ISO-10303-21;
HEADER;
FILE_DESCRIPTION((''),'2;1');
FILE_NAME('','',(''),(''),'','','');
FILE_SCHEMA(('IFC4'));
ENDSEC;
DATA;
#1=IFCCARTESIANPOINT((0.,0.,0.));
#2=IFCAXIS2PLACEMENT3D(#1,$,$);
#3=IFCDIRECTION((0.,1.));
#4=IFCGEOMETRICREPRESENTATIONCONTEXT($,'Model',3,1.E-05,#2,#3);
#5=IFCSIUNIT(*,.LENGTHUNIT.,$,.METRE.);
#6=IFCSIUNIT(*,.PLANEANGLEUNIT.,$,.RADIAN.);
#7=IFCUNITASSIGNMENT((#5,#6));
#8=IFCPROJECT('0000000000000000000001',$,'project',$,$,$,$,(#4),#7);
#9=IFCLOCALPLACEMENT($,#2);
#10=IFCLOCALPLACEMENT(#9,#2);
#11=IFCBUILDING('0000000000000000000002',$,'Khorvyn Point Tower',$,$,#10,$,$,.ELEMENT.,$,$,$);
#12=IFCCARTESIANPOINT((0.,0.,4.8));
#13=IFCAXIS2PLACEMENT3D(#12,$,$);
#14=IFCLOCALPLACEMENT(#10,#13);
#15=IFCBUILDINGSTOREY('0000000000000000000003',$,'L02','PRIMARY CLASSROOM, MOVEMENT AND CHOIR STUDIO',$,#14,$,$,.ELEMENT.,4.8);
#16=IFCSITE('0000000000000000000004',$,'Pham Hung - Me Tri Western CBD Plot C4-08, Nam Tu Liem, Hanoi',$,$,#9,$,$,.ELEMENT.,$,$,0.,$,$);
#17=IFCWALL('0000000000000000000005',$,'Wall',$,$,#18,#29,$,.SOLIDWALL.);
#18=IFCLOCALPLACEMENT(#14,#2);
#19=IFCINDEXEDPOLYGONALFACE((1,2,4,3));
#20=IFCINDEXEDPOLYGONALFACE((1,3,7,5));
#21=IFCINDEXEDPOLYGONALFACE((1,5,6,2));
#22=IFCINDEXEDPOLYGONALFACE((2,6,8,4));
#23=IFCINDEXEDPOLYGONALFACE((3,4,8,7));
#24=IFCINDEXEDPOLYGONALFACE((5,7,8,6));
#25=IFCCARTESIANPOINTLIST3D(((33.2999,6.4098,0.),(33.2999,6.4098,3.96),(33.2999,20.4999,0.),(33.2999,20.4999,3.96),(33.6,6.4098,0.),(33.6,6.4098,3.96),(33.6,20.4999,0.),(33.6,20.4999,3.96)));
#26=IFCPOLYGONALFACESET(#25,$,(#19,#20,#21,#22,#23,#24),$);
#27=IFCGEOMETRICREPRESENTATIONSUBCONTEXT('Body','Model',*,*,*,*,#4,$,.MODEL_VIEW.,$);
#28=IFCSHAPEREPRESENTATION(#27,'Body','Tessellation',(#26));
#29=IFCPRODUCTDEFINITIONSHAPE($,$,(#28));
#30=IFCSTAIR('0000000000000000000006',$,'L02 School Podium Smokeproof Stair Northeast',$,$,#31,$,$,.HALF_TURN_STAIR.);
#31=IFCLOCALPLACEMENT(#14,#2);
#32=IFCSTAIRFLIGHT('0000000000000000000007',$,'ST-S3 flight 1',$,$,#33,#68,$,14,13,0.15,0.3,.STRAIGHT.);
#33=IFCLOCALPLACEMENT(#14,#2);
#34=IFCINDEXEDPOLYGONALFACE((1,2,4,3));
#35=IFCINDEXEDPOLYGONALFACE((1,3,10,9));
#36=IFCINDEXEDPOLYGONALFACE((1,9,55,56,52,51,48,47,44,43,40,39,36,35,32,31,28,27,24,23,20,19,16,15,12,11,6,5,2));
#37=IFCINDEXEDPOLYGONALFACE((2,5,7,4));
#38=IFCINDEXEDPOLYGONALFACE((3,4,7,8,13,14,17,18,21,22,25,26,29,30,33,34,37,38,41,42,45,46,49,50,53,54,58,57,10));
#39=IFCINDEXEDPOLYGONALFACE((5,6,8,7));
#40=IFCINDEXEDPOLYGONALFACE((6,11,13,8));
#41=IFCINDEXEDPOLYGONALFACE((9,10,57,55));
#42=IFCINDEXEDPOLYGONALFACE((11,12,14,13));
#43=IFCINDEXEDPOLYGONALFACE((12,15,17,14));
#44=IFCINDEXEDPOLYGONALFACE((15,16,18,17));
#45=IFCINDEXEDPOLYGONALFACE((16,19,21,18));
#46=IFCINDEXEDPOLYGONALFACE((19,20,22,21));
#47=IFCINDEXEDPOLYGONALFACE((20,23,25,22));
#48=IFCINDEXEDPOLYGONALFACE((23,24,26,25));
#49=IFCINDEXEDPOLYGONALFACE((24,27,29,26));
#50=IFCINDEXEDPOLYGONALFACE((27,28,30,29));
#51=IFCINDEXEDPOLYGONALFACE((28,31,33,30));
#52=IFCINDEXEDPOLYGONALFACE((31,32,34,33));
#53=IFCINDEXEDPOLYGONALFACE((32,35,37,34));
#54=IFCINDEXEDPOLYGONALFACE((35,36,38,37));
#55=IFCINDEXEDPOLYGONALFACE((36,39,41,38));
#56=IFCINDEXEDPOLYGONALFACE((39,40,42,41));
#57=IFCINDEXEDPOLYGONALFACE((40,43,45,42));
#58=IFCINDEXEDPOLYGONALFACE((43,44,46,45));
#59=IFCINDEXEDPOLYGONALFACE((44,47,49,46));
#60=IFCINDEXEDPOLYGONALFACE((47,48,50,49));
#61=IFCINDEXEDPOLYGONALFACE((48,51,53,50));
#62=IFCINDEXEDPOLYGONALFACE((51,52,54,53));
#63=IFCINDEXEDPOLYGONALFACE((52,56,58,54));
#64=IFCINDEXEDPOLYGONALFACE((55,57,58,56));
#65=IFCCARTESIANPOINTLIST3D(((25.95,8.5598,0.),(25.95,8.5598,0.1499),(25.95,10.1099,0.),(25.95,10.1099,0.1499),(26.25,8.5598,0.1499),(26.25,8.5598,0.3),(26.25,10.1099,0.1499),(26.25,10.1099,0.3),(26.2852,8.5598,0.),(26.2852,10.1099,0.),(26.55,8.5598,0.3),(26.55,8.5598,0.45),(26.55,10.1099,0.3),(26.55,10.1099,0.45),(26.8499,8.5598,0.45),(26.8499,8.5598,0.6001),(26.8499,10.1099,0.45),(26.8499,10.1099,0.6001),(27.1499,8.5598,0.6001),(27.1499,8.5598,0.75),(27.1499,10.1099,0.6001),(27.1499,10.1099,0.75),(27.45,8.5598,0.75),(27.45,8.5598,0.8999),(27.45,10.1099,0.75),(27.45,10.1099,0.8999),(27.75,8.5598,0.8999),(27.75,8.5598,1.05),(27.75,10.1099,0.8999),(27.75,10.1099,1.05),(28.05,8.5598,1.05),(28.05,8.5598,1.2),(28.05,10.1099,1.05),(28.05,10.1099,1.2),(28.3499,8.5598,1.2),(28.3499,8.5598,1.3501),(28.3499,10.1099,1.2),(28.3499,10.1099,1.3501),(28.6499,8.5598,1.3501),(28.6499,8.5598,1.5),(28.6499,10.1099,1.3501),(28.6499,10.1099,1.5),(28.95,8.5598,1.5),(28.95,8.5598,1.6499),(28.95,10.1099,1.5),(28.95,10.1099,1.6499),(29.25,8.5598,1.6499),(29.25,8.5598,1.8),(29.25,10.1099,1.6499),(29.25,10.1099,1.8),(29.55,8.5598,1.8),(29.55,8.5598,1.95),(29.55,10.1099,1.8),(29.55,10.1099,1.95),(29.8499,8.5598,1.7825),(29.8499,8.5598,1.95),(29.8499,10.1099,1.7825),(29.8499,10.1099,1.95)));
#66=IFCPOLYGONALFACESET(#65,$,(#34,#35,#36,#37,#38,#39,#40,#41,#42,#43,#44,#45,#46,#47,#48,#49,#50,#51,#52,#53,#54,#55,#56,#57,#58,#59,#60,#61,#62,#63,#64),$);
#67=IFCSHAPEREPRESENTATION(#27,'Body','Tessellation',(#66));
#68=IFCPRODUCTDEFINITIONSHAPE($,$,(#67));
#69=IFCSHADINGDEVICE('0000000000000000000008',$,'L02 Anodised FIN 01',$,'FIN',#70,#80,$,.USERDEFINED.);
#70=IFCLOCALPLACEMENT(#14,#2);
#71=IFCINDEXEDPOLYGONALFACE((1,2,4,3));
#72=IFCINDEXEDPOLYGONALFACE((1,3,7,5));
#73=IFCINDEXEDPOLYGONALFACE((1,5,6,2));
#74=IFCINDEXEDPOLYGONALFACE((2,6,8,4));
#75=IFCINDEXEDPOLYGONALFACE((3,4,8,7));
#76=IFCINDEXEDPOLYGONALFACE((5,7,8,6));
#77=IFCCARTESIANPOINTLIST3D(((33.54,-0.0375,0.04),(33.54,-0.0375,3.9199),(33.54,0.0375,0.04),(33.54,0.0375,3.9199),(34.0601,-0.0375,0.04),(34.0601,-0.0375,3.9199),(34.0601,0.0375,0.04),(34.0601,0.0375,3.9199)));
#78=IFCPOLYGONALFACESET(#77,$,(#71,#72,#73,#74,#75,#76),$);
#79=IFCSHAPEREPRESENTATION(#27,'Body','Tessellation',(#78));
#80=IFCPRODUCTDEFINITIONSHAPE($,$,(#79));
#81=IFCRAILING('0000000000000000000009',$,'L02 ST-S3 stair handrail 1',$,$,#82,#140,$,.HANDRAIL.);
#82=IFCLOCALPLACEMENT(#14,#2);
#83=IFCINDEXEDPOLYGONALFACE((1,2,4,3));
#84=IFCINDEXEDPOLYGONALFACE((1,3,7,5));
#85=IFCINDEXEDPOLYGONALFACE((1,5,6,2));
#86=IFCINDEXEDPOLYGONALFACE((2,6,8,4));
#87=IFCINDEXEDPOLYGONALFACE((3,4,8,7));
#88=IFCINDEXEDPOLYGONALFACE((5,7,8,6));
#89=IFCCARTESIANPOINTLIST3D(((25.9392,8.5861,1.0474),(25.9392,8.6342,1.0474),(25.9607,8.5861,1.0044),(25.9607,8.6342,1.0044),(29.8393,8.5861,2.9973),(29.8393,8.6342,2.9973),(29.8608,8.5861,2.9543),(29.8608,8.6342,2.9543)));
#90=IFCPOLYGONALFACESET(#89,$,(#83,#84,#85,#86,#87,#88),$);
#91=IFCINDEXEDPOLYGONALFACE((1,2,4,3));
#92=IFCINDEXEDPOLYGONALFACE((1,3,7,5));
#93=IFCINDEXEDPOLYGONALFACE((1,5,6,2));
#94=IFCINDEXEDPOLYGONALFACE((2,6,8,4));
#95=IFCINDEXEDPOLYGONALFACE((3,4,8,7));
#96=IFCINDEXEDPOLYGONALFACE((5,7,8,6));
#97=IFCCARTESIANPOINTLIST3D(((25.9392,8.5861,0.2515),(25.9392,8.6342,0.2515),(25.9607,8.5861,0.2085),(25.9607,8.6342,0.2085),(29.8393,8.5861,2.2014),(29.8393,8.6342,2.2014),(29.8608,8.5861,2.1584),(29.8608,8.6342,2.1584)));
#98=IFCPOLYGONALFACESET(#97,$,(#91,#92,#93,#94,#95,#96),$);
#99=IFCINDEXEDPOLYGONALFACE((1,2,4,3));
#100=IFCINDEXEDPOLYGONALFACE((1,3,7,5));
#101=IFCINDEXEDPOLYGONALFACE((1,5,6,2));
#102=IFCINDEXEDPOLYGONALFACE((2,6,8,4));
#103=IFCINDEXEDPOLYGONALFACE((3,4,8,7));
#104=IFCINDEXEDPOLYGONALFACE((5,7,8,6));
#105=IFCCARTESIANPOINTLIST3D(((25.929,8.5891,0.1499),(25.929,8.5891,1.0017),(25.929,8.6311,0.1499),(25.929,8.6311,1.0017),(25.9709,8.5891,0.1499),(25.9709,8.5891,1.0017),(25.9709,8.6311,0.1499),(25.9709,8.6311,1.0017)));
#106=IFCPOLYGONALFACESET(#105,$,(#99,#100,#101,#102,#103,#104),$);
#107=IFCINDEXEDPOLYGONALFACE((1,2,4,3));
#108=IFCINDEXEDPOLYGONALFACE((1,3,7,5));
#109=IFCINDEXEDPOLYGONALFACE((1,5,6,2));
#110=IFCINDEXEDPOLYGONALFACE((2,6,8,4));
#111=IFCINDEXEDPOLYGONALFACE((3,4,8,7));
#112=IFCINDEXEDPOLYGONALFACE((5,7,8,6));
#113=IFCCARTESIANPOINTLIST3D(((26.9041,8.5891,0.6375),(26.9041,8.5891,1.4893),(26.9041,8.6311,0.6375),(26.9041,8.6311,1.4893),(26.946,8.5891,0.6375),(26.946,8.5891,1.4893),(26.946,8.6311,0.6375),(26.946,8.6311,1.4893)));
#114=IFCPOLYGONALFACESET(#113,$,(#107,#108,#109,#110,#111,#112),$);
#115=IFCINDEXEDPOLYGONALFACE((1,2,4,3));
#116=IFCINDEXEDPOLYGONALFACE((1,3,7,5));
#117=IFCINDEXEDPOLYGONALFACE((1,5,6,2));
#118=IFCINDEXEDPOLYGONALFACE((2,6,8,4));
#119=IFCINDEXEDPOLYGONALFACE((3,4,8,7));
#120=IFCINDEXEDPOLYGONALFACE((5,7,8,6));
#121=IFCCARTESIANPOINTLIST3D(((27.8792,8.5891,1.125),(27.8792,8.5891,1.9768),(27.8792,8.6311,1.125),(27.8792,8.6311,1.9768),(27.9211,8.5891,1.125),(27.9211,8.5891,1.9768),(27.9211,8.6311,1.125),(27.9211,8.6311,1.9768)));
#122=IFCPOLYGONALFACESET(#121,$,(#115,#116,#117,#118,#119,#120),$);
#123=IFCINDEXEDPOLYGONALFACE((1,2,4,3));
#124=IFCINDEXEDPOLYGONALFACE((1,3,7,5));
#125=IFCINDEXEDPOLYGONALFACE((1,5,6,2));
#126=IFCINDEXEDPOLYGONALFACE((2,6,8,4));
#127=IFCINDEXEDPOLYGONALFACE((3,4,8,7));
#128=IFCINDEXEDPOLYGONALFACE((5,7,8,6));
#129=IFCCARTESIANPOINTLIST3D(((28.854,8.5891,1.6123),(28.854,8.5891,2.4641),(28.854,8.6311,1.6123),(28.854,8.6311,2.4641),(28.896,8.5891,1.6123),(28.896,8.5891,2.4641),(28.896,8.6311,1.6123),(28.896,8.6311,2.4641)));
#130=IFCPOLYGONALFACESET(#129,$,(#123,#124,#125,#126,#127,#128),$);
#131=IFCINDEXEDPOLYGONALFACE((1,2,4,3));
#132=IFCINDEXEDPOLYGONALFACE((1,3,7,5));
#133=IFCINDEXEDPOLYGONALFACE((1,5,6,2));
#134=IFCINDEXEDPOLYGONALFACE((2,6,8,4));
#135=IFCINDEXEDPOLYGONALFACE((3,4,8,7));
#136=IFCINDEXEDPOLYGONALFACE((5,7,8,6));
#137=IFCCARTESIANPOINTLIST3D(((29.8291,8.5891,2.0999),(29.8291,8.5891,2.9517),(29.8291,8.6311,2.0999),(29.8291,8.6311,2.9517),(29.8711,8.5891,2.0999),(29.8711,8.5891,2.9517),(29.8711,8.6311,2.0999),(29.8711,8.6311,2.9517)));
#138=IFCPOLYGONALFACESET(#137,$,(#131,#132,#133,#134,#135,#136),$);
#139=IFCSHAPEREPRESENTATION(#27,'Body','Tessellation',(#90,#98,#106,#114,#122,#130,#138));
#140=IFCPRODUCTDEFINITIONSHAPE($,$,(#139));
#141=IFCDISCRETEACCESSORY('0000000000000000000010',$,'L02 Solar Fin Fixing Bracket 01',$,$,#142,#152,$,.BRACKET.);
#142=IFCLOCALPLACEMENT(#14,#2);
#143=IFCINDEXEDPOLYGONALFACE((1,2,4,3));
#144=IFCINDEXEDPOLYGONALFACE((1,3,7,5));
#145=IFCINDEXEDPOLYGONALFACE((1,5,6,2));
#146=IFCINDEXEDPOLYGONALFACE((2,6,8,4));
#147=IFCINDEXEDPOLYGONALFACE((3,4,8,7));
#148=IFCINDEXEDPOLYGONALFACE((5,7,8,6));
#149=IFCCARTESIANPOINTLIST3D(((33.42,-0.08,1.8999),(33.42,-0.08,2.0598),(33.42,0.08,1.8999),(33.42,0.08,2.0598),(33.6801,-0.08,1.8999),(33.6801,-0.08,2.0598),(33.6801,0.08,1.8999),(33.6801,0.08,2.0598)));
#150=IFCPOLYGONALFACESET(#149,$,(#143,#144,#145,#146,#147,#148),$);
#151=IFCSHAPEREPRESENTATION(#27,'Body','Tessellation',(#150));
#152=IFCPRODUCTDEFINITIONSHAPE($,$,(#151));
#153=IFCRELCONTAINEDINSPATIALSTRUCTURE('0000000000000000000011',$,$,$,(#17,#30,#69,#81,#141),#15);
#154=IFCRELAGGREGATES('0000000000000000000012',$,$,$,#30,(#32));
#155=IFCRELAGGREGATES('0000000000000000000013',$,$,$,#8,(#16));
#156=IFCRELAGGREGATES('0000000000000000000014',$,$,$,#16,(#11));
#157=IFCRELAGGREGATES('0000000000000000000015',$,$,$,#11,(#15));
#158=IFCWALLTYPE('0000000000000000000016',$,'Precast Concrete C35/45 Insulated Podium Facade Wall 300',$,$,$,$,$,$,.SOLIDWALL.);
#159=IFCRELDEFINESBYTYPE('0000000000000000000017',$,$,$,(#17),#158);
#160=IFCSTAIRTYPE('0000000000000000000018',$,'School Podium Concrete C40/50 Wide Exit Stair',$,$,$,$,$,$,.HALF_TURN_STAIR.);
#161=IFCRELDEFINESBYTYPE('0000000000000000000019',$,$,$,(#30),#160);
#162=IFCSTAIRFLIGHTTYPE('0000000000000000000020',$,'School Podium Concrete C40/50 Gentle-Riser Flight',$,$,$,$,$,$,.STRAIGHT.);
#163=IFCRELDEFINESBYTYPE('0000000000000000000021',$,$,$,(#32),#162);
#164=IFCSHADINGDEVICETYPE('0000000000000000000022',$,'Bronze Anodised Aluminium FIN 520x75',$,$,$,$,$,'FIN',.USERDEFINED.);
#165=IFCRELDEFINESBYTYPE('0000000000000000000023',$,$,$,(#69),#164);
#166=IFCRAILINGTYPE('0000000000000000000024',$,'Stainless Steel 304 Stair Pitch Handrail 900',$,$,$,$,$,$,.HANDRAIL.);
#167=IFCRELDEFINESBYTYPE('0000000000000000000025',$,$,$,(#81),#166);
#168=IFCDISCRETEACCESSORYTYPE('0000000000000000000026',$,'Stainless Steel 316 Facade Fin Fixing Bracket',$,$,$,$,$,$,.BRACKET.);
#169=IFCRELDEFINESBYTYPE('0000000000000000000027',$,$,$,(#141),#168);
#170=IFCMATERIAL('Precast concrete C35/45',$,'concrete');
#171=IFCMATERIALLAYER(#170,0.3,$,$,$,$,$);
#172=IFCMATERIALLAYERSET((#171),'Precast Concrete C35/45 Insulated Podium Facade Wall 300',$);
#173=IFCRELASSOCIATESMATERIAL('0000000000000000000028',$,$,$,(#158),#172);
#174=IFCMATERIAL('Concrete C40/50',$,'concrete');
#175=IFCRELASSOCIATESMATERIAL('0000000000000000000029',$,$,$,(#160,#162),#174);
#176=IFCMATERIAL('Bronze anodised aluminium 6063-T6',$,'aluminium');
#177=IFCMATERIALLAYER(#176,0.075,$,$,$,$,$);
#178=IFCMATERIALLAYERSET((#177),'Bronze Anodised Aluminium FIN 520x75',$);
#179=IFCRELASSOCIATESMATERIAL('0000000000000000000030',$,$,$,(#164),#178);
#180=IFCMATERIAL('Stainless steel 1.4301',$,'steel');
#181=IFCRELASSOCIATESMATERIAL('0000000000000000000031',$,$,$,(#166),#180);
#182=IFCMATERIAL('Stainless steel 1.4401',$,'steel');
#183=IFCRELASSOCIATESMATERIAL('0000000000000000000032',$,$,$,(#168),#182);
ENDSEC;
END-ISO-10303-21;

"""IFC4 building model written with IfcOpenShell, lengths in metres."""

from ifc_helpers import new_model, si_unit, direction, frame, frame_2d, origin, origin_2d, place, context, subcontext, project, spatial, polyline, rectangle, outline, extrude, material, layer, layer_set, type_object, element, aggregate, save


model = new_model("IFC4")

# Units and contexts
model_context = context("Model", 3, precision=1e-05, world=origin(), true_north=direction((0.0, 1.0)))
body_context = subcontext(model_context, "Body", "Model", "MODEL_VIEW")
ifc_project = project(units=[si_unit("LENGTHUNIT", "METRE"), si_unit("PLANEANGLEUNIT", "RADIAN")], contexts=[model_context])

# Site, building, storey
site_placement = place(None, origin())
site = spatial("IfcSite", under=ifc_project, at=site_placement, Name="Pham Hung - Me Tri Western CBD Plot C4-08, Nam Tu Liem, Hanoi", CompositionType="ELEMENT", RefElevation=0.0)
building_placement = place(site_placement, origin())
building = spatial("IfcBuilding", under=site, at=building_placement, Name="Khorvyn Point Tower", CompositionType="ELEMENT")
storey_placement = place(building_placement, frame((0.0, 0.0, 4.8)))
storey = spatial("IfcBuildingStorey", under=building, at=storey_placement, Name="L02", Description="PRIMARY CLASSROOM, MOVEMENT AND CHOIR STUDIO", CompositionType="ELEMENT", Elevation=4.8)

# Shared definitions
ifc_material_1 = material(Name="Concrete C40/50", Category="concrete")

# Wall
ifc_material_2 = material(Name="Precast concrete C35/45", Category="concrete")
ifc_layer_1 = layer(ifc_material_2, 0.3)
ifc_layer_set_1 = layer_set([ifc_layer_1], Name="Precast Concrete C35/45 Insulated Podium Facade Wall 300")
wall_type_1 = type_object("IfcWallType", Name="Precast Concrete C35/45 Insulated Podium Facade Wall 300", PredefinedType="SOLIDWALL", material=ifc_layer_set_1)
wall_1_placement = place(storey_placement, frame((33.45, 6.4099, 0.0), z_axis=(0.0, 0.0, 1.0), x_axis=(0.0, 1.0, 0.0)))
element("IfcWall", 1, at=wall_1_placement, inside=storey, type_object=wall_type_1, Name="Wall", PredefinedType="SOLIDWALL", context=body_context, shape_type="SweptSolid", body=[
    extrude(rectangle(XDim=14.0901, YDim=0.3, at=frame_2d((7.0449, 0.0))), origin(), (0.0, 0.0, 1.0), 3.96),
])

# Stair, stair flight
stair_type = type_object("IfcStairType", Name="School Podium Concrete C40/50 Wide Exit Stair", PredefinedType="HALF_TURN_STAIR", material=ifc_material_1)
stair_placement = place(storey_placement, origin())
stair = element("IfcStair", 2, at=stair_placement, inside=storey, type_object=stair_type, Name="L02 School Podium Smokeproof Stair Northeast", PredefinedType="HALF_TURN_STAIR")
stair_flight_type = type_object("IfcStairFlightType", Name="School Podium Concrete C40/50 Gentle-Riser Flight", PredefinedType="STRAIGHT", material=ifc_material_1)
stair_flight_placement = place(storey_placement, frame((25.95, 9.335, 0.0), z_axis=(0.0, 0.0, 1.0), x_axis=(1.0, 0.0, 0.0)))
stair_flight = element("IfcStairFlight", 3, at=stair_flight_placement, type_object=stair_flight_type, Name="ST-S3 flight 1", NumberOfRisers=14, NumberOfTreads=13, PredefinedType="STRAIGHT", RiserHeight=0.15, TreadLength=0.3, context=body_context, shape_type="SweptSolid", body=[
    extrude(outline(polyline([(0.0, 0.0), (0.0, 0.1499), (0.3, 0.1499), (0.3, 0.3), (0.6001, 0.3), (0.6001, 0.45), (0.8999, 0.45), (0.8999, 0.6001), (1.2, 0.6001), (1.2, 0.75), (1.5, 0.75), (1.5, 0.8999), (1.8, 0.8999), (1.8, 1.05), (2.1001, 1.05), (2.1001, 1.2), (2.3999, 1.2), (2.3999, 1.3501), (2.7, 1.3501), (2.7, 1.5), (3.0, 1.5), (3.0, 1.6499), (3.3, 1.6499), (3.3, 1.8), (3.6001, 1.8), (3.6001, 1.95), (3.8999, 1.95), (3.8999, 2.1001), (3.8999, 1.7825), (0.3352, 0.0), (0.0, 0.0)])), frame((0.0, 0.7749, 0.0), z_axis=(0.0, -1.0, 0.0), x_axis=(1.0, 0.0, 0.0)), (0.0, 0.0, 1.0), 1.55),
])
aggregate(stair, [stair_flight])

# Shading device
ifc_material_3 = material(Name="Bronze anodised aluminium 6063-T6", Category="aluminium")
ifc_layer_2 = layer(ifc_material_3, 0.075)
ifc_layer_set_2 = layer_set([ifc_layer_2], Name="Bronze Anodised Aluminium FIN 520x75")
shading_device_type = type_object("IfcShadingDeviceType", Name="Bronze Anodised Aluminium FIN 520x75", ElementType="FIN", PredefinedType="USERDEFINED", material=ifc_layer_set_2)
shading_device_placement = place(storey_placement, frame((33.8, 0.0, 0.04), z_axis=(0.0, 0.0, 1.0), x_axis=(1.0, 0.0, 0.0)))
element("IfcShadingDevice", 4, at=shading_device_placement, inside=storey, type_object=shading_device_type, Name="L02 Anodised FIN 01", ObjectType="FIN", PredefinedType="USERDEFINED", context=body_context, shape_type="SweptSolid", body=[
    extrude(rectangle(XDim=0.52, YDim=0.075, at=origin_2d()), origin(), (0.0, 0.0, 1.0), 3.8799),
])

# Railing
ifc_material_4 = material(Name="Stainless steel 1.4301", Category="steel")
railing_type = type_object("IfcRailingType", Name="Stainless Steel 304 Stair Pitch Handrail 900", PredefinedType="HANDRAIL", material=ifc_material_4)
railing_placement = place(storey_placement, frame((25.95, 8.6101, 0.1499)))
element("IfcRailing", 5, at=railing_placement, inside=storey, type_object=railing_type, Name="L02 ST-S3 stair handrail 1", PredefinedType="HANDRAIL", context=body_context, shape_type="SweptSolid", body=[
    extrude(rectangle(XDim=0.0481, YDim=0.0481, at=origin_2d()), frame((0.0, 0.0, 0.876), z_axis=(0.894438, 0.0, 0.447191), x_axis=(0.0, 1.0, 0.0)), (0.0, 0.0, 1.0), 4.3604),
    extrude(rectangle(XDim=0.0481, YDim=0.0481, at=origin_2d()), frame((0.0, 0.0, 0.0801), z_axis=(0.894438, 0.0, 0.447191), x_axis=(0.0, 1.0, 0.0)), (0.0, 0.0, 1.0), 4.3604),
    extrude(rectangle(XDim=0.042, YDim=0.042, at=origin_2d()), origin(), (0.0, 0.0, 1.0), 0.8518),
    extrude(rectangle(XDim=0.042, YDim=0.042, at=origin_2d()), frame((0.9751, 0.0, 0.4875)), (0.0, 0.0, 1.0), 0.8518),
    extrude(rectangle(XDim=0.042, YDim=0.042, at=origin_2d()), frame((1.9502, 0.0, 0.9751)), (0.0, 0.0, 1.0), 0.8518),
    extrude(rectangle(XDim=0.042, YDim=0.042, at=origin_2d()), frame((2.925, 0.0, 1.4624)), (0.0, 0.0, 1.0), 0.8518),
    extrude(rectangle(XDim=0.042, YDim=0.042, at=origin_2d()), frame((3.9001, 0.0, 1.95)), (0.0, 0.0, 1.0), 0.8518),
])

# Discrete accessory
ifc_material_5 = material(Name="Stainless steel 1.4401", Category="steel")
discrete_accessory_type = type_object("IfcDiscreteAccessoryType", Name="Stainless Steel 316 Facade Fin Fixing Bracket", PredefinedType="BRACKET", material=ifc_material_5)
discrete_accessory_placement = place(storey_placement, frame((33.55, 0.0, 1.8999), z_axis=(0.0, 0.0, 1.0), x_axis=(0.0, 1.0, 0.0)))
element("IfcDiscreteAccessory", 6, at=discrete_accessory_placement, inside=storey, type_object=discrete_accessory_type, Name="L02 Solar Fin Fixing Bracket 01", PredefinedType="BRACKET", context=body_context, shape_type="SweptSolid", body=[
    extrude(rectangle(XDim=0.1599, YDim=0.26, at=origin_2d()), origin(), (0.0, 0.0, 1.0), 0.1599),
])

save(model, "model.ifc")
